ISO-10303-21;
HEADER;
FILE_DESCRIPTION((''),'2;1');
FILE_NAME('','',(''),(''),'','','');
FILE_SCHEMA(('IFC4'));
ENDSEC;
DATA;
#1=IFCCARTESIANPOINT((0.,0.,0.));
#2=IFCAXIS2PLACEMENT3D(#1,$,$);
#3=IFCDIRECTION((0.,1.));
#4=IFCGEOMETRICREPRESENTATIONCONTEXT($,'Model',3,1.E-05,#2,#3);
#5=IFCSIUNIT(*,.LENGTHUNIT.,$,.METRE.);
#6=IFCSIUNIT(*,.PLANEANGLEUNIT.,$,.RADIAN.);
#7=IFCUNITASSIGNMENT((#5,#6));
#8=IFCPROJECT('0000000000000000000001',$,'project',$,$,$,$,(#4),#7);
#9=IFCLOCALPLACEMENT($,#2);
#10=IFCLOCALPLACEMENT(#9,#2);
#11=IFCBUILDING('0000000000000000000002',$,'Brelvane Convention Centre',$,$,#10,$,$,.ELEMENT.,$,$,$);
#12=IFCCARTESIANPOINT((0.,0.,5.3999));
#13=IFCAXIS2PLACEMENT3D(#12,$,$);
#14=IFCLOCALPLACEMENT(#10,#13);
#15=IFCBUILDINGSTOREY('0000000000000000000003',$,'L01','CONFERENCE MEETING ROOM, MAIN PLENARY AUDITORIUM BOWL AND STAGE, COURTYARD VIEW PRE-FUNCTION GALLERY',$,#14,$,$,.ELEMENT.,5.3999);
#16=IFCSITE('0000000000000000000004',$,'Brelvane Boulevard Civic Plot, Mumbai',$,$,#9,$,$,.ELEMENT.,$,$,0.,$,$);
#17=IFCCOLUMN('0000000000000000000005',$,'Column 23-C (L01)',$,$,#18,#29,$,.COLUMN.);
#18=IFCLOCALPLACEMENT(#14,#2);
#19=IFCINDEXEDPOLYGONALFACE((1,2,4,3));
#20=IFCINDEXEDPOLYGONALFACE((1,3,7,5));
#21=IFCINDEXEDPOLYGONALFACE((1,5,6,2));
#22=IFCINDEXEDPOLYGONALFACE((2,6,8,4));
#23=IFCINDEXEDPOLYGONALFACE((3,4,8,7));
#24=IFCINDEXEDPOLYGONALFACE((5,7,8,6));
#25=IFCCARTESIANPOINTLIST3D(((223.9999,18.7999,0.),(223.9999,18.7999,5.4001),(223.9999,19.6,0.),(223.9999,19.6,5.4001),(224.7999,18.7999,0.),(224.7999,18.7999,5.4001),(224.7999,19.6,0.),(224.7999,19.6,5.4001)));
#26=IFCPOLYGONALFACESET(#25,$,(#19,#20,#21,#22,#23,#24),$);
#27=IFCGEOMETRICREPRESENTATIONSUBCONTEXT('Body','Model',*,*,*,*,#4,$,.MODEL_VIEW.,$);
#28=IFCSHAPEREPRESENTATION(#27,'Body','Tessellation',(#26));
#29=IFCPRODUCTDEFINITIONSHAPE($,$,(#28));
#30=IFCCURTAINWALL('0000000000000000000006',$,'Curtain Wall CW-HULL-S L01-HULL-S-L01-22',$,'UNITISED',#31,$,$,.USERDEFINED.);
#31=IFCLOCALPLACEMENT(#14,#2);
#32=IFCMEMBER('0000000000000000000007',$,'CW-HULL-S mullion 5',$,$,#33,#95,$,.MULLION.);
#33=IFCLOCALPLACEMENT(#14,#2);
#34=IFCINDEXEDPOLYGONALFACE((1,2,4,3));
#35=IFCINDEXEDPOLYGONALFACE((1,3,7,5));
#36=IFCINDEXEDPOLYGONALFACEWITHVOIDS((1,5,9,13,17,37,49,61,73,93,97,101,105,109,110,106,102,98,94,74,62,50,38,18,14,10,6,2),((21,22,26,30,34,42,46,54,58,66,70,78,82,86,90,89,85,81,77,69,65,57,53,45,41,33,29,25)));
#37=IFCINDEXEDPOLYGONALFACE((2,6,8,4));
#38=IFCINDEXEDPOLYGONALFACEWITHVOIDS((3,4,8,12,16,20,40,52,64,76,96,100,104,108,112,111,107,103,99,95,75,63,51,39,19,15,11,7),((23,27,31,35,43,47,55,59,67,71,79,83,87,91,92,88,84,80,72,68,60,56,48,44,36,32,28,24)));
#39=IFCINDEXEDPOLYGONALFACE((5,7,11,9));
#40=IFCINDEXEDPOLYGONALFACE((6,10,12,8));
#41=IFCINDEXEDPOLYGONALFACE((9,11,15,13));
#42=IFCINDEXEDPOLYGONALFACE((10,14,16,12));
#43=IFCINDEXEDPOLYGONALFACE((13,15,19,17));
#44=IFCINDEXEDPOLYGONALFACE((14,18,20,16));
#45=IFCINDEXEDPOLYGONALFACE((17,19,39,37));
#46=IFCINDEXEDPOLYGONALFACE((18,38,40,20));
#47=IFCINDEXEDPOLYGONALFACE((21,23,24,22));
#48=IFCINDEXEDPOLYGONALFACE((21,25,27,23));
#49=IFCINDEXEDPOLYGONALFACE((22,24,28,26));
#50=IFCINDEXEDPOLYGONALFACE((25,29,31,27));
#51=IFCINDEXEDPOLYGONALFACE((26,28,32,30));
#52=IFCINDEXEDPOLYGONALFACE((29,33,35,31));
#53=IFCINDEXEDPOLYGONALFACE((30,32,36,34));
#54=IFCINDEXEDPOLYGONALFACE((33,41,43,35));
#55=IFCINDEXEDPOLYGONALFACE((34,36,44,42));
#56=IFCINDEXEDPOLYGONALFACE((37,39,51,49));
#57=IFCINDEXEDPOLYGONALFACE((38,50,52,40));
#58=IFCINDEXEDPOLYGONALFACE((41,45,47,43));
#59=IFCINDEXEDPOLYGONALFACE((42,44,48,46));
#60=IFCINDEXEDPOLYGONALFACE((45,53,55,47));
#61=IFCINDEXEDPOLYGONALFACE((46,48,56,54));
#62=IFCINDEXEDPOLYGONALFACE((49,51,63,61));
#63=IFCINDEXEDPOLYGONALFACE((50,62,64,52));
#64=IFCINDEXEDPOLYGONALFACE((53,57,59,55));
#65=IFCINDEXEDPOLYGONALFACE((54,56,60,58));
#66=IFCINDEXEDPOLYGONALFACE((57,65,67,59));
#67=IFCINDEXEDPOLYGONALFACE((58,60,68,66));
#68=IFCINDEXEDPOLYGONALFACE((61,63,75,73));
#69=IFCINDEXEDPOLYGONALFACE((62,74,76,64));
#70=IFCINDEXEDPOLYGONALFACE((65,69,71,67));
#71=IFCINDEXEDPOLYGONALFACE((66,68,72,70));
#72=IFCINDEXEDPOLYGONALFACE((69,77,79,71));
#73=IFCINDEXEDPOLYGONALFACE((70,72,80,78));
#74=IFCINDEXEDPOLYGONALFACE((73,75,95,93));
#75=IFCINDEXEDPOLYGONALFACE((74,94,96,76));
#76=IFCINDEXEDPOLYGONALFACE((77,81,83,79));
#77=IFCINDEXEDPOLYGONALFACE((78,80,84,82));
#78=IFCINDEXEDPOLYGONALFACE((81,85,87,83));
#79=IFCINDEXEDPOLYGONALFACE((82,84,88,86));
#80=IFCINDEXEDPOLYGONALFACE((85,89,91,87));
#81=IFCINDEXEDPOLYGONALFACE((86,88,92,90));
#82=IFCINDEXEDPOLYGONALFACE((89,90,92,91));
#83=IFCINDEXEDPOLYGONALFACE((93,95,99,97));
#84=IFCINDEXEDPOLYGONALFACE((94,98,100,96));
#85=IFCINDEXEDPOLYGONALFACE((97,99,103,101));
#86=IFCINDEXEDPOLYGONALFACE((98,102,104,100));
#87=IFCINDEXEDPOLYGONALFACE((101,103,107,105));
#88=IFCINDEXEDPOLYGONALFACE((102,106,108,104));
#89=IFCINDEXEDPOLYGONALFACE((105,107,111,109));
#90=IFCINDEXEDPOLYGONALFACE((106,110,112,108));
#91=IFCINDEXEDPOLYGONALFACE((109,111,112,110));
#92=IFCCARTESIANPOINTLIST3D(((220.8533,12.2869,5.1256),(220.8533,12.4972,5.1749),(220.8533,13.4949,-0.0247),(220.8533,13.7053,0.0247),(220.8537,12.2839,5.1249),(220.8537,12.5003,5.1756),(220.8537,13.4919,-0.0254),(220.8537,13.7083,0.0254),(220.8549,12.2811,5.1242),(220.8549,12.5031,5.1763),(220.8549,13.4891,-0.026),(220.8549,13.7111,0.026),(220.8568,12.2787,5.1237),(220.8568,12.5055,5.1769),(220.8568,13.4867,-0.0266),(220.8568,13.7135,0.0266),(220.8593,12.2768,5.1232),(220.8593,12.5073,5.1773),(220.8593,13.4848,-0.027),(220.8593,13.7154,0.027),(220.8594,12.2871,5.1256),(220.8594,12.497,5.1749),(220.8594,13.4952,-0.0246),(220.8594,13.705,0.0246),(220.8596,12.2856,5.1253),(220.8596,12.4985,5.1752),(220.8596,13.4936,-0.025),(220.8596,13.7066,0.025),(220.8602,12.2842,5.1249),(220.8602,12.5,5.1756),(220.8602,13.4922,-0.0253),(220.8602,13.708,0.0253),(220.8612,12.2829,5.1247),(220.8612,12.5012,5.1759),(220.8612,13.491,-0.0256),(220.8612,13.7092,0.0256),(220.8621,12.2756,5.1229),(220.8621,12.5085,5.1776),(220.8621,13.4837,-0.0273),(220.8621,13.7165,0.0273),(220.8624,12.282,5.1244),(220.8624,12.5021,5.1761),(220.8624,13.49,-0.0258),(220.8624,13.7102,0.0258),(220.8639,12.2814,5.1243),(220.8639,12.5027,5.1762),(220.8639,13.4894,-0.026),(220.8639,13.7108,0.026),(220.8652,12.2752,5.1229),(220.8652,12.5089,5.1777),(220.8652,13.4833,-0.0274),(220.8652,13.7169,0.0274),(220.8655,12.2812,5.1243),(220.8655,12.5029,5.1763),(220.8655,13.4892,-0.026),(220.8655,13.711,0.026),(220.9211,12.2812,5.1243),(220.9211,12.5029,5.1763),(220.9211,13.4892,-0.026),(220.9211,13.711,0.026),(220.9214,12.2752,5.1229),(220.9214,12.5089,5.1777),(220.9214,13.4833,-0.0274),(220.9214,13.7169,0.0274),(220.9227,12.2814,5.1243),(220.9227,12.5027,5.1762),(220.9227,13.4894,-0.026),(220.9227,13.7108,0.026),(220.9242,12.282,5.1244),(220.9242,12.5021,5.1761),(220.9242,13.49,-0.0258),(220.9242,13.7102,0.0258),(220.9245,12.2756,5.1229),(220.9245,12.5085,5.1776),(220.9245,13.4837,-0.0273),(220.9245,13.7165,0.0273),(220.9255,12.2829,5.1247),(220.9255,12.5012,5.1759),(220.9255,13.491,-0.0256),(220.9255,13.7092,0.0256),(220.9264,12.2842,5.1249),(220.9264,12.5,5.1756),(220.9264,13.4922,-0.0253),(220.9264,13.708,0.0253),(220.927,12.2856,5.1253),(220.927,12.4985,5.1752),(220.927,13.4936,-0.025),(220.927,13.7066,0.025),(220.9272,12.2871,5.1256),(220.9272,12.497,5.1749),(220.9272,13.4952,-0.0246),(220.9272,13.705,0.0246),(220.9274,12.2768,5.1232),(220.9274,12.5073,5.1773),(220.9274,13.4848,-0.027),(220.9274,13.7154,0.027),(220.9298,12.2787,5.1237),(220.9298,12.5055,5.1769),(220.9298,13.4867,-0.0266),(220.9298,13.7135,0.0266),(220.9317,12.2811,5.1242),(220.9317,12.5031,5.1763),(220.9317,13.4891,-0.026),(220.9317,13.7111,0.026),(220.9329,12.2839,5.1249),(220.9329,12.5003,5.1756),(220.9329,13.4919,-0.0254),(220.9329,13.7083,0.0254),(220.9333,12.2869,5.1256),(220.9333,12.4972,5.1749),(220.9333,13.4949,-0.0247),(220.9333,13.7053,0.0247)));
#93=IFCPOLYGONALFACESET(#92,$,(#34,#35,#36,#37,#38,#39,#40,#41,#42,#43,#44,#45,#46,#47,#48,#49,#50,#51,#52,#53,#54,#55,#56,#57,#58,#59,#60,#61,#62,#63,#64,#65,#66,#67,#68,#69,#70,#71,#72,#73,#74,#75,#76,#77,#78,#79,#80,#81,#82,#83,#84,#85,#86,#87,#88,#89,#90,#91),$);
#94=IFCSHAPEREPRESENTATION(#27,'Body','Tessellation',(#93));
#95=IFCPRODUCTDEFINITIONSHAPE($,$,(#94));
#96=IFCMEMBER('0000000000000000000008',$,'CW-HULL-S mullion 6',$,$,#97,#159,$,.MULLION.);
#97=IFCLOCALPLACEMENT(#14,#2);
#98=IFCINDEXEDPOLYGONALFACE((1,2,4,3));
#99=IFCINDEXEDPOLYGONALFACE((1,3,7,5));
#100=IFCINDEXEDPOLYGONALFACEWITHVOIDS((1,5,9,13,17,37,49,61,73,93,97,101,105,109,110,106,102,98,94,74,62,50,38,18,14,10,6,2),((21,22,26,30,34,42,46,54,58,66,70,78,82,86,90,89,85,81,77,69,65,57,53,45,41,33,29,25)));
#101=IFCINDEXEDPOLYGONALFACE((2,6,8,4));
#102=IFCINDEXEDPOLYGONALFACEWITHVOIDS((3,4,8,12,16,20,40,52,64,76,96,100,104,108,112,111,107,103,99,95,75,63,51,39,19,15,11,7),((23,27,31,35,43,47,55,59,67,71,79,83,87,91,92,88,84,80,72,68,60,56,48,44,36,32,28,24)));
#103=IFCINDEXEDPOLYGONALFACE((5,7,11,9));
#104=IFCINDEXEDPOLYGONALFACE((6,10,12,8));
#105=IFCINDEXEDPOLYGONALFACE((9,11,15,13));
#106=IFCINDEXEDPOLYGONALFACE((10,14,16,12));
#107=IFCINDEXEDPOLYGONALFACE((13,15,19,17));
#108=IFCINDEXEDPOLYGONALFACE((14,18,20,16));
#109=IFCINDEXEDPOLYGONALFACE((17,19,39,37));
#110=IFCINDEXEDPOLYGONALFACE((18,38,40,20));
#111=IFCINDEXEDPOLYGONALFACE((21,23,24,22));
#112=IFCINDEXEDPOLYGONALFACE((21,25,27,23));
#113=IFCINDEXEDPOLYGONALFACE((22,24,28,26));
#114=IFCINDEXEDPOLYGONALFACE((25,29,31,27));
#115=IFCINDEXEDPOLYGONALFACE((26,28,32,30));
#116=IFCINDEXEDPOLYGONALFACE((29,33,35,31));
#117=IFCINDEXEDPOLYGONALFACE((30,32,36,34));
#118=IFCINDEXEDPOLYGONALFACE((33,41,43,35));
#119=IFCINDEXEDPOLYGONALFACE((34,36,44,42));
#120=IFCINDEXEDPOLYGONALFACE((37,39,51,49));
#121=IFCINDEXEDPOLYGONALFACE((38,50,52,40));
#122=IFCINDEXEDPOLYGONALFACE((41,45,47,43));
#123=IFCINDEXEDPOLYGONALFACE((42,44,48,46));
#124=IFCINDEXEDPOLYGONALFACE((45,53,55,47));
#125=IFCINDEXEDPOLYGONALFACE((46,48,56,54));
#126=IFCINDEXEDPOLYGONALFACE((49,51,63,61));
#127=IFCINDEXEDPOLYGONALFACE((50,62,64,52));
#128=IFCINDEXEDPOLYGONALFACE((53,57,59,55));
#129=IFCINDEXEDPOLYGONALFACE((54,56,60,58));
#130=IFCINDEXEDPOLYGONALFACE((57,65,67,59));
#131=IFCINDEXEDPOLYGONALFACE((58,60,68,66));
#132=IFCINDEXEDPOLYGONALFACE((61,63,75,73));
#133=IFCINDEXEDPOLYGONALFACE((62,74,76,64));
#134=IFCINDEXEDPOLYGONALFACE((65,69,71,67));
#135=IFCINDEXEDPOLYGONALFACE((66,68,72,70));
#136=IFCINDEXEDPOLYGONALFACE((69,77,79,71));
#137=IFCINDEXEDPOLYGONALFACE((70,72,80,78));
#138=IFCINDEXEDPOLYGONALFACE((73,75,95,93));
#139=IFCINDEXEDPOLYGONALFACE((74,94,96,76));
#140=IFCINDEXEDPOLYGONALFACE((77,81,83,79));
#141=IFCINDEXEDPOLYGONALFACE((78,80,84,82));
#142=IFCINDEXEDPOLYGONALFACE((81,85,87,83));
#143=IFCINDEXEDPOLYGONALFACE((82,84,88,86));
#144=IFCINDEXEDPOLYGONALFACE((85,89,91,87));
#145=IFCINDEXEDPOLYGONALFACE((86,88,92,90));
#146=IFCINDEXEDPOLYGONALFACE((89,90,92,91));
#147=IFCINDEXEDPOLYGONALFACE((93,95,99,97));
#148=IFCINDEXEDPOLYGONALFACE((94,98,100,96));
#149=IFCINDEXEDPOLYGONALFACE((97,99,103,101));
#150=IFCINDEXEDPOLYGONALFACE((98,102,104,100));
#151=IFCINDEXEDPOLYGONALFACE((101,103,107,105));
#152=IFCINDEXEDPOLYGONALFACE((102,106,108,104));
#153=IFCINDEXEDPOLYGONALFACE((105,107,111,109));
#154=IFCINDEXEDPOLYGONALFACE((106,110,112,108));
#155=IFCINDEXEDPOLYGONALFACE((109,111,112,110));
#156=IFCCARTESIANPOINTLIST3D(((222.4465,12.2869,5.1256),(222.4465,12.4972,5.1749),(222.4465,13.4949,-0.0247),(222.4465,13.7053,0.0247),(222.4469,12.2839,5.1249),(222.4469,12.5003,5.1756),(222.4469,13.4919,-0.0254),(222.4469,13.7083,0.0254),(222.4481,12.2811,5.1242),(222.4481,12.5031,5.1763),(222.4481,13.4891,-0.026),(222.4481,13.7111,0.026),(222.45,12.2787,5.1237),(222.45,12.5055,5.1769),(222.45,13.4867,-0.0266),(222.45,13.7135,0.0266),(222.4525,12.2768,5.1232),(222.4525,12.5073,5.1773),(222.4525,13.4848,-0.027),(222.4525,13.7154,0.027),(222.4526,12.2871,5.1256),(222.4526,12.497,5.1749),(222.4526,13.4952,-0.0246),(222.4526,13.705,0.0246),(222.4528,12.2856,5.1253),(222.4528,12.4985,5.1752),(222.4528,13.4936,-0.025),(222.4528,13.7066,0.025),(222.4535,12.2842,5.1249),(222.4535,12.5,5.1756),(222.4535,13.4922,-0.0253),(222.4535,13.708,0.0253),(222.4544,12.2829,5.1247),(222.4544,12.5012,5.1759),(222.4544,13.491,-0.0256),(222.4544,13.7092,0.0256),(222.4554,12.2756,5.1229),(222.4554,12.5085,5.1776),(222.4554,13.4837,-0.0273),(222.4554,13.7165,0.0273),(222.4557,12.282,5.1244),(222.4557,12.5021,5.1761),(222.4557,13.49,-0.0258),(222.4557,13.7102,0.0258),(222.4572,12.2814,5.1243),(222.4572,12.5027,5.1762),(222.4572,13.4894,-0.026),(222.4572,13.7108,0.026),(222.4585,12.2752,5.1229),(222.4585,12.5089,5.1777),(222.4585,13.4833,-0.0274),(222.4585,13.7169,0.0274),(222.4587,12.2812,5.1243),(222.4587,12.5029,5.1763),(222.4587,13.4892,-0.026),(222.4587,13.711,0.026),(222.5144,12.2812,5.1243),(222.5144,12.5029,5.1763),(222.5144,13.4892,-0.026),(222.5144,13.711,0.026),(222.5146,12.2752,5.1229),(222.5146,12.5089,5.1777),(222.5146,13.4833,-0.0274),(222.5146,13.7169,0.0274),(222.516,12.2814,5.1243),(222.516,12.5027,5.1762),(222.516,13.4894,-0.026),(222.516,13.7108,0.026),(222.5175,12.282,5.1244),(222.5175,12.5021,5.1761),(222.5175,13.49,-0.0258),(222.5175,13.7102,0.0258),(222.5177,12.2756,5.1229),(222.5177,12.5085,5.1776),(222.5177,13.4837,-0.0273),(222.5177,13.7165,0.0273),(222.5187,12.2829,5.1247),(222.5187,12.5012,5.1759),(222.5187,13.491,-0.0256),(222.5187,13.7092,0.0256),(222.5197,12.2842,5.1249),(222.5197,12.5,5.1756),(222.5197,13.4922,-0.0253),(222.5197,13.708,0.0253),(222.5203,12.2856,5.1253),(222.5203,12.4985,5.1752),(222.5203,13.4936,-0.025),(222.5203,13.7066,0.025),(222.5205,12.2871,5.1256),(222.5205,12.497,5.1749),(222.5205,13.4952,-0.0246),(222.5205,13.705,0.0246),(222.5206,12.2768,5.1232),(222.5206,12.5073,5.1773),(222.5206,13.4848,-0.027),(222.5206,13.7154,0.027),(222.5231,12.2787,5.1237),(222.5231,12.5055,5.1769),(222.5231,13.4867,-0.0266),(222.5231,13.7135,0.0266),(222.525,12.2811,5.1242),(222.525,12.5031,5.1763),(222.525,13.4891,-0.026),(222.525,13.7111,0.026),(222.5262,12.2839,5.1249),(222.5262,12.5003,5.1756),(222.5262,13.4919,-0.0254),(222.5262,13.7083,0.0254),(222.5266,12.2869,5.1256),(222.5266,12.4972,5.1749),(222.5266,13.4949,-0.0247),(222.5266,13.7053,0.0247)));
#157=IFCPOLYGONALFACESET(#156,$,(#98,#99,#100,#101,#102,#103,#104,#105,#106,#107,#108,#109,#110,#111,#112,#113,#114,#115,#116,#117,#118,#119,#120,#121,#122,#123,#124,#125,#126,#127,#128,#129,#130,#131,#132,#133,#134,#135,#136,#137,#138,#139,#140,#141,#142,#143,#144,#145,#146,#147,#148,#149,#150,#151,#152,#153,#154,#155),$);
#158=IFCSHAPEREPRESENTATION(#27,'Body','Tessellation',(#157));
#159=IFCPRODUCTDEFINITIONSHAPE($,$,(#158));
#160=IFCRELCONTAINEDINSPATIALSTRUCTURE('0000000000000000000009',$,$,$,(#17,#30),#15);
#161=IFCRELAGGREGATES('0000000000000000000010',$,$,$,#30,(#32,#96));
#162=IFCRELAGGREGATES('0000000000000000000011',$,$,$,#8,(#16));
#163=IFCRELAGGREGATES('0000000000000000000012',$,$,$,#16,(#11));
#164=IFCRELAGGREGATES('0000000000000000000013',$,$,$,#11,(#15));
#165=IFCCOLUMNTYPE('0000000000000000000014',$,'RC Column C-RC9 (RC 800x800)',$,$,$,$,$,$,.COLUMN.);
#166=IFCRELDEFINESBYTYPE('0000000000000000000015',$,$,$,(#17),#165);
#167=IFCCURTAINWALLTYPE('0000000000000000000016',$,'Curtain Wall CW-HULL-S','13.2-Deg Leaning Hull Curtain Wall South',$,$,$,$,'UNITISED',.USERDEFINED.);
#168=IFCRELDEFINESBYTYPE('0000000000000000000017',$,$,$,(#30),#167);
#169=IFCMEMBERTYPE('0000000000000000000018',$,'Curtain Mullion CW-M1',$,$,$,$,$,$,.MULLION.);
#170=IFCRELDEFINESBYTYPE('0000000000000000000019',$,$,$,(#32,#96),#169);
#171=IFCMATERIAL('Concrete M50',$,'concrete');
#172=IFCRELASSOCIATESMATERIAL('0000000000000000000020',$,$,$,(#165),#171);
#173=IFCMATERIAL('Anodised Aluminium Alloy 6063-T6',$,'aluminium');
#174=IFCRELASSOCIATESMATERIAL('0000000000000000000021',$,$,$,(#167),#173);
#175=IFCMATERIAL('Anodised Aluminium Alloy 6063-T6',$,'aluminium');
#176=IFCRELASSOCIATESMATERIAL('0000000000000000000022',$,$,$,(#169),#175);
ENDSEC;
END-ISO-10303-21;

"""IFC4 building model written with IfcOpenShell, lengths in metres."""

from ifc_helpers import new_model, si_unit, direction, frame, origin, origin_2d, place, context, subcontext, project, spatial, rectangle, hollow_rectangle, extrude, material, material_profile, profile_set, type_object, element, aggregate, save


model = new_model("IFC4")

# Units and contexts
model_context = context("Model", 3, precision=1e-05, world=origin(), true_north=direction((0.0, 1.0)))
body_context = subcontext(model_context, "Body", "Model", "MODEL_VIEW")
ifc_project = project(units=[si_unit("LENGTHUNIT", "METRE"), si_unit("PLANEANGLEUNIT", "RADIAN")], contexts=[model_context])

# Site, building, storey
site_placement = place(None, origin())
site = spatial("IfcSite", under=ifc_project, at=site_placement, Name="Brelvane Boulevard Civic Plot, Mumbai", CompositionType="ELEMENT", RefElevation=0.0)
building_placement = place(site_placement, origin())
building = spatial("IfcBuilding", under=site, at=building_placement, Name="Brelvane Convention Centre", CompositionType="ELEMENT")
storey_placement = place(building_placement, frame((0.0, 0.0, 5.3999)))
storey = spatial("IfcBuildingStorey", under=building, at=storey_placement, Name="L01", Description="CONFERENCE MEETING ROOM, MAIN PLENARY AUDITORIUM BOWL AND STAGE, COURTYARD VIEW PRE-FUNCTION GALLERY", CompositionType="ELEMENT", Elevation=5.3999)

# Column
ifc_material_1 = material(Name="Concrete M50", Category="concrete")
ifc_material_profile_1 = material_profile(ifc_material_1, rectangle(XDim=0.8, YDim=0.8, at=origin_2d()), Name="RC 800x800")
ifc_profile_set_1 = profile_set([ifc_material_profile_1], Name="Concrete M50")
column_type = type_object("IfcColumnType", Name="RC Column C-RC9 (RC 800x800)", PredefinedType="COLUMN", material=ifc_profile_set_1)
column_placement = place(storey_placement, frame((224.3999, 19.2, 0.0), z_axis=(0.0, 0.0, 1.0), x_axis=(1.0, 0.0, 0.0)))
element("IfcColumn", 1, at=column_placement, inside=storey, type_object=column_type, Name="Column 23-C (L01)", PredefinedType="COLUMN", context=body_context, shape_type="SweptSolid", body=[
    extrude(rectangle(XDim=0.8, YDim=0.8, at=origin_2d()), origin(), (0.0, 0.0, 1.0), 5.4001),
])

# Curtain wall, members
ifc_material_2 = material(Name="Anodised Aluminium Alloy 6063-T6", Category="aluminium")
curtain_wall_type_1 = type_object("IfcCurtainWallType", Name="Curtain Wall CW-HULL-S", Description="13.2-Deg Leaning Hull Curtain Wall South", ElementType="UNITISED", PredefinedType="USERDEFINED", material=ifc_material_2)
curtain_wall_1_placement = place(storey_placement, origin())
curtain_wall_1 = element("IfcCurtainWall", 2, at=curtain_wall_1_placement, inside=storey, type_object=curtain_wall_type_1, Name="Curtain Wall CW-HULL-S L01-HULL-S-L01-22", ObjectType="UNITISED", PredefinedType="USERDEFINED")
ifc_material_3 = material(Name="Anodised Aluminium Alloy 6063-T6", Category="aluminium")
ifc_material_profile_2 = material_profile(ifc_material_3, hollow_rectangle(XDim=0.0801, YDim=0.24, WallThickness=0.0061, InnerFilletRadius=0.0061, OuterFilletRadius=0.012, at=origin_2d()), Name="ALU-M 240x80x6.0")
ifc_profile_set_2 = profile_set([ifc_material_profile_2], Name="Anodised Aluminium Alloy 6063-T6")
member_type_1 = type_object("IfcMemberType", Name="Curtain Mullion CW-M1", PredefinedType="MULLION", material=ifc_profile_set_2)
member_1_placement = place(storey_placement, frame((220.8933, 13.6001, 0.0), z_axis=(0.0, -0.22836, 0.973577), x_axis=(1.0, 0.0, 0.0)))
member_1 = element("IfcMember", 3, at=member_1_placement, type_object=member_type_1, Name="CW-HULL-S mullion 5", PredefinedType="MULLION", context=body_context, shape_type="SweptSolid", body=[
    extrude(hollow_rectangle(XDim=0.0801, YDim=0.24, WallThickness=0.0061, InnerFilletRadius=0.0061, OuterFilletRadius=0.012, at=origin_2d()), origin(), (0.0, 0.0, 1.0), 5.29),
])
member_2_placement = place(storey_placement, frame((222.4866, 13.6001, 0.0), z_axis=(0.0, -0.22836, 0.973577), x_axis=(1.0, 0.0, 0.0)))
member_2 = element("IfcMember", 4, at=member_2_placement, type_object=member_type_1, Name="CW-HULL-S mullion 6", PredefinedType="MULLION", context=body_context, shape_type="SweptSolid", body=[
    extrude(hollow_rectangle(XDim=0.0801, YDim=0.24, WallThickness=0.0061, InnerFilletRadius=0.0061, OuterFilletRadius=0.012, at=origin_2d()), origin(), (0.0, 0.0, 1.0), 5.29),
])

aggregate(curtain_wall_1, [member_1, member_2])

save(model, "model.ifc")
